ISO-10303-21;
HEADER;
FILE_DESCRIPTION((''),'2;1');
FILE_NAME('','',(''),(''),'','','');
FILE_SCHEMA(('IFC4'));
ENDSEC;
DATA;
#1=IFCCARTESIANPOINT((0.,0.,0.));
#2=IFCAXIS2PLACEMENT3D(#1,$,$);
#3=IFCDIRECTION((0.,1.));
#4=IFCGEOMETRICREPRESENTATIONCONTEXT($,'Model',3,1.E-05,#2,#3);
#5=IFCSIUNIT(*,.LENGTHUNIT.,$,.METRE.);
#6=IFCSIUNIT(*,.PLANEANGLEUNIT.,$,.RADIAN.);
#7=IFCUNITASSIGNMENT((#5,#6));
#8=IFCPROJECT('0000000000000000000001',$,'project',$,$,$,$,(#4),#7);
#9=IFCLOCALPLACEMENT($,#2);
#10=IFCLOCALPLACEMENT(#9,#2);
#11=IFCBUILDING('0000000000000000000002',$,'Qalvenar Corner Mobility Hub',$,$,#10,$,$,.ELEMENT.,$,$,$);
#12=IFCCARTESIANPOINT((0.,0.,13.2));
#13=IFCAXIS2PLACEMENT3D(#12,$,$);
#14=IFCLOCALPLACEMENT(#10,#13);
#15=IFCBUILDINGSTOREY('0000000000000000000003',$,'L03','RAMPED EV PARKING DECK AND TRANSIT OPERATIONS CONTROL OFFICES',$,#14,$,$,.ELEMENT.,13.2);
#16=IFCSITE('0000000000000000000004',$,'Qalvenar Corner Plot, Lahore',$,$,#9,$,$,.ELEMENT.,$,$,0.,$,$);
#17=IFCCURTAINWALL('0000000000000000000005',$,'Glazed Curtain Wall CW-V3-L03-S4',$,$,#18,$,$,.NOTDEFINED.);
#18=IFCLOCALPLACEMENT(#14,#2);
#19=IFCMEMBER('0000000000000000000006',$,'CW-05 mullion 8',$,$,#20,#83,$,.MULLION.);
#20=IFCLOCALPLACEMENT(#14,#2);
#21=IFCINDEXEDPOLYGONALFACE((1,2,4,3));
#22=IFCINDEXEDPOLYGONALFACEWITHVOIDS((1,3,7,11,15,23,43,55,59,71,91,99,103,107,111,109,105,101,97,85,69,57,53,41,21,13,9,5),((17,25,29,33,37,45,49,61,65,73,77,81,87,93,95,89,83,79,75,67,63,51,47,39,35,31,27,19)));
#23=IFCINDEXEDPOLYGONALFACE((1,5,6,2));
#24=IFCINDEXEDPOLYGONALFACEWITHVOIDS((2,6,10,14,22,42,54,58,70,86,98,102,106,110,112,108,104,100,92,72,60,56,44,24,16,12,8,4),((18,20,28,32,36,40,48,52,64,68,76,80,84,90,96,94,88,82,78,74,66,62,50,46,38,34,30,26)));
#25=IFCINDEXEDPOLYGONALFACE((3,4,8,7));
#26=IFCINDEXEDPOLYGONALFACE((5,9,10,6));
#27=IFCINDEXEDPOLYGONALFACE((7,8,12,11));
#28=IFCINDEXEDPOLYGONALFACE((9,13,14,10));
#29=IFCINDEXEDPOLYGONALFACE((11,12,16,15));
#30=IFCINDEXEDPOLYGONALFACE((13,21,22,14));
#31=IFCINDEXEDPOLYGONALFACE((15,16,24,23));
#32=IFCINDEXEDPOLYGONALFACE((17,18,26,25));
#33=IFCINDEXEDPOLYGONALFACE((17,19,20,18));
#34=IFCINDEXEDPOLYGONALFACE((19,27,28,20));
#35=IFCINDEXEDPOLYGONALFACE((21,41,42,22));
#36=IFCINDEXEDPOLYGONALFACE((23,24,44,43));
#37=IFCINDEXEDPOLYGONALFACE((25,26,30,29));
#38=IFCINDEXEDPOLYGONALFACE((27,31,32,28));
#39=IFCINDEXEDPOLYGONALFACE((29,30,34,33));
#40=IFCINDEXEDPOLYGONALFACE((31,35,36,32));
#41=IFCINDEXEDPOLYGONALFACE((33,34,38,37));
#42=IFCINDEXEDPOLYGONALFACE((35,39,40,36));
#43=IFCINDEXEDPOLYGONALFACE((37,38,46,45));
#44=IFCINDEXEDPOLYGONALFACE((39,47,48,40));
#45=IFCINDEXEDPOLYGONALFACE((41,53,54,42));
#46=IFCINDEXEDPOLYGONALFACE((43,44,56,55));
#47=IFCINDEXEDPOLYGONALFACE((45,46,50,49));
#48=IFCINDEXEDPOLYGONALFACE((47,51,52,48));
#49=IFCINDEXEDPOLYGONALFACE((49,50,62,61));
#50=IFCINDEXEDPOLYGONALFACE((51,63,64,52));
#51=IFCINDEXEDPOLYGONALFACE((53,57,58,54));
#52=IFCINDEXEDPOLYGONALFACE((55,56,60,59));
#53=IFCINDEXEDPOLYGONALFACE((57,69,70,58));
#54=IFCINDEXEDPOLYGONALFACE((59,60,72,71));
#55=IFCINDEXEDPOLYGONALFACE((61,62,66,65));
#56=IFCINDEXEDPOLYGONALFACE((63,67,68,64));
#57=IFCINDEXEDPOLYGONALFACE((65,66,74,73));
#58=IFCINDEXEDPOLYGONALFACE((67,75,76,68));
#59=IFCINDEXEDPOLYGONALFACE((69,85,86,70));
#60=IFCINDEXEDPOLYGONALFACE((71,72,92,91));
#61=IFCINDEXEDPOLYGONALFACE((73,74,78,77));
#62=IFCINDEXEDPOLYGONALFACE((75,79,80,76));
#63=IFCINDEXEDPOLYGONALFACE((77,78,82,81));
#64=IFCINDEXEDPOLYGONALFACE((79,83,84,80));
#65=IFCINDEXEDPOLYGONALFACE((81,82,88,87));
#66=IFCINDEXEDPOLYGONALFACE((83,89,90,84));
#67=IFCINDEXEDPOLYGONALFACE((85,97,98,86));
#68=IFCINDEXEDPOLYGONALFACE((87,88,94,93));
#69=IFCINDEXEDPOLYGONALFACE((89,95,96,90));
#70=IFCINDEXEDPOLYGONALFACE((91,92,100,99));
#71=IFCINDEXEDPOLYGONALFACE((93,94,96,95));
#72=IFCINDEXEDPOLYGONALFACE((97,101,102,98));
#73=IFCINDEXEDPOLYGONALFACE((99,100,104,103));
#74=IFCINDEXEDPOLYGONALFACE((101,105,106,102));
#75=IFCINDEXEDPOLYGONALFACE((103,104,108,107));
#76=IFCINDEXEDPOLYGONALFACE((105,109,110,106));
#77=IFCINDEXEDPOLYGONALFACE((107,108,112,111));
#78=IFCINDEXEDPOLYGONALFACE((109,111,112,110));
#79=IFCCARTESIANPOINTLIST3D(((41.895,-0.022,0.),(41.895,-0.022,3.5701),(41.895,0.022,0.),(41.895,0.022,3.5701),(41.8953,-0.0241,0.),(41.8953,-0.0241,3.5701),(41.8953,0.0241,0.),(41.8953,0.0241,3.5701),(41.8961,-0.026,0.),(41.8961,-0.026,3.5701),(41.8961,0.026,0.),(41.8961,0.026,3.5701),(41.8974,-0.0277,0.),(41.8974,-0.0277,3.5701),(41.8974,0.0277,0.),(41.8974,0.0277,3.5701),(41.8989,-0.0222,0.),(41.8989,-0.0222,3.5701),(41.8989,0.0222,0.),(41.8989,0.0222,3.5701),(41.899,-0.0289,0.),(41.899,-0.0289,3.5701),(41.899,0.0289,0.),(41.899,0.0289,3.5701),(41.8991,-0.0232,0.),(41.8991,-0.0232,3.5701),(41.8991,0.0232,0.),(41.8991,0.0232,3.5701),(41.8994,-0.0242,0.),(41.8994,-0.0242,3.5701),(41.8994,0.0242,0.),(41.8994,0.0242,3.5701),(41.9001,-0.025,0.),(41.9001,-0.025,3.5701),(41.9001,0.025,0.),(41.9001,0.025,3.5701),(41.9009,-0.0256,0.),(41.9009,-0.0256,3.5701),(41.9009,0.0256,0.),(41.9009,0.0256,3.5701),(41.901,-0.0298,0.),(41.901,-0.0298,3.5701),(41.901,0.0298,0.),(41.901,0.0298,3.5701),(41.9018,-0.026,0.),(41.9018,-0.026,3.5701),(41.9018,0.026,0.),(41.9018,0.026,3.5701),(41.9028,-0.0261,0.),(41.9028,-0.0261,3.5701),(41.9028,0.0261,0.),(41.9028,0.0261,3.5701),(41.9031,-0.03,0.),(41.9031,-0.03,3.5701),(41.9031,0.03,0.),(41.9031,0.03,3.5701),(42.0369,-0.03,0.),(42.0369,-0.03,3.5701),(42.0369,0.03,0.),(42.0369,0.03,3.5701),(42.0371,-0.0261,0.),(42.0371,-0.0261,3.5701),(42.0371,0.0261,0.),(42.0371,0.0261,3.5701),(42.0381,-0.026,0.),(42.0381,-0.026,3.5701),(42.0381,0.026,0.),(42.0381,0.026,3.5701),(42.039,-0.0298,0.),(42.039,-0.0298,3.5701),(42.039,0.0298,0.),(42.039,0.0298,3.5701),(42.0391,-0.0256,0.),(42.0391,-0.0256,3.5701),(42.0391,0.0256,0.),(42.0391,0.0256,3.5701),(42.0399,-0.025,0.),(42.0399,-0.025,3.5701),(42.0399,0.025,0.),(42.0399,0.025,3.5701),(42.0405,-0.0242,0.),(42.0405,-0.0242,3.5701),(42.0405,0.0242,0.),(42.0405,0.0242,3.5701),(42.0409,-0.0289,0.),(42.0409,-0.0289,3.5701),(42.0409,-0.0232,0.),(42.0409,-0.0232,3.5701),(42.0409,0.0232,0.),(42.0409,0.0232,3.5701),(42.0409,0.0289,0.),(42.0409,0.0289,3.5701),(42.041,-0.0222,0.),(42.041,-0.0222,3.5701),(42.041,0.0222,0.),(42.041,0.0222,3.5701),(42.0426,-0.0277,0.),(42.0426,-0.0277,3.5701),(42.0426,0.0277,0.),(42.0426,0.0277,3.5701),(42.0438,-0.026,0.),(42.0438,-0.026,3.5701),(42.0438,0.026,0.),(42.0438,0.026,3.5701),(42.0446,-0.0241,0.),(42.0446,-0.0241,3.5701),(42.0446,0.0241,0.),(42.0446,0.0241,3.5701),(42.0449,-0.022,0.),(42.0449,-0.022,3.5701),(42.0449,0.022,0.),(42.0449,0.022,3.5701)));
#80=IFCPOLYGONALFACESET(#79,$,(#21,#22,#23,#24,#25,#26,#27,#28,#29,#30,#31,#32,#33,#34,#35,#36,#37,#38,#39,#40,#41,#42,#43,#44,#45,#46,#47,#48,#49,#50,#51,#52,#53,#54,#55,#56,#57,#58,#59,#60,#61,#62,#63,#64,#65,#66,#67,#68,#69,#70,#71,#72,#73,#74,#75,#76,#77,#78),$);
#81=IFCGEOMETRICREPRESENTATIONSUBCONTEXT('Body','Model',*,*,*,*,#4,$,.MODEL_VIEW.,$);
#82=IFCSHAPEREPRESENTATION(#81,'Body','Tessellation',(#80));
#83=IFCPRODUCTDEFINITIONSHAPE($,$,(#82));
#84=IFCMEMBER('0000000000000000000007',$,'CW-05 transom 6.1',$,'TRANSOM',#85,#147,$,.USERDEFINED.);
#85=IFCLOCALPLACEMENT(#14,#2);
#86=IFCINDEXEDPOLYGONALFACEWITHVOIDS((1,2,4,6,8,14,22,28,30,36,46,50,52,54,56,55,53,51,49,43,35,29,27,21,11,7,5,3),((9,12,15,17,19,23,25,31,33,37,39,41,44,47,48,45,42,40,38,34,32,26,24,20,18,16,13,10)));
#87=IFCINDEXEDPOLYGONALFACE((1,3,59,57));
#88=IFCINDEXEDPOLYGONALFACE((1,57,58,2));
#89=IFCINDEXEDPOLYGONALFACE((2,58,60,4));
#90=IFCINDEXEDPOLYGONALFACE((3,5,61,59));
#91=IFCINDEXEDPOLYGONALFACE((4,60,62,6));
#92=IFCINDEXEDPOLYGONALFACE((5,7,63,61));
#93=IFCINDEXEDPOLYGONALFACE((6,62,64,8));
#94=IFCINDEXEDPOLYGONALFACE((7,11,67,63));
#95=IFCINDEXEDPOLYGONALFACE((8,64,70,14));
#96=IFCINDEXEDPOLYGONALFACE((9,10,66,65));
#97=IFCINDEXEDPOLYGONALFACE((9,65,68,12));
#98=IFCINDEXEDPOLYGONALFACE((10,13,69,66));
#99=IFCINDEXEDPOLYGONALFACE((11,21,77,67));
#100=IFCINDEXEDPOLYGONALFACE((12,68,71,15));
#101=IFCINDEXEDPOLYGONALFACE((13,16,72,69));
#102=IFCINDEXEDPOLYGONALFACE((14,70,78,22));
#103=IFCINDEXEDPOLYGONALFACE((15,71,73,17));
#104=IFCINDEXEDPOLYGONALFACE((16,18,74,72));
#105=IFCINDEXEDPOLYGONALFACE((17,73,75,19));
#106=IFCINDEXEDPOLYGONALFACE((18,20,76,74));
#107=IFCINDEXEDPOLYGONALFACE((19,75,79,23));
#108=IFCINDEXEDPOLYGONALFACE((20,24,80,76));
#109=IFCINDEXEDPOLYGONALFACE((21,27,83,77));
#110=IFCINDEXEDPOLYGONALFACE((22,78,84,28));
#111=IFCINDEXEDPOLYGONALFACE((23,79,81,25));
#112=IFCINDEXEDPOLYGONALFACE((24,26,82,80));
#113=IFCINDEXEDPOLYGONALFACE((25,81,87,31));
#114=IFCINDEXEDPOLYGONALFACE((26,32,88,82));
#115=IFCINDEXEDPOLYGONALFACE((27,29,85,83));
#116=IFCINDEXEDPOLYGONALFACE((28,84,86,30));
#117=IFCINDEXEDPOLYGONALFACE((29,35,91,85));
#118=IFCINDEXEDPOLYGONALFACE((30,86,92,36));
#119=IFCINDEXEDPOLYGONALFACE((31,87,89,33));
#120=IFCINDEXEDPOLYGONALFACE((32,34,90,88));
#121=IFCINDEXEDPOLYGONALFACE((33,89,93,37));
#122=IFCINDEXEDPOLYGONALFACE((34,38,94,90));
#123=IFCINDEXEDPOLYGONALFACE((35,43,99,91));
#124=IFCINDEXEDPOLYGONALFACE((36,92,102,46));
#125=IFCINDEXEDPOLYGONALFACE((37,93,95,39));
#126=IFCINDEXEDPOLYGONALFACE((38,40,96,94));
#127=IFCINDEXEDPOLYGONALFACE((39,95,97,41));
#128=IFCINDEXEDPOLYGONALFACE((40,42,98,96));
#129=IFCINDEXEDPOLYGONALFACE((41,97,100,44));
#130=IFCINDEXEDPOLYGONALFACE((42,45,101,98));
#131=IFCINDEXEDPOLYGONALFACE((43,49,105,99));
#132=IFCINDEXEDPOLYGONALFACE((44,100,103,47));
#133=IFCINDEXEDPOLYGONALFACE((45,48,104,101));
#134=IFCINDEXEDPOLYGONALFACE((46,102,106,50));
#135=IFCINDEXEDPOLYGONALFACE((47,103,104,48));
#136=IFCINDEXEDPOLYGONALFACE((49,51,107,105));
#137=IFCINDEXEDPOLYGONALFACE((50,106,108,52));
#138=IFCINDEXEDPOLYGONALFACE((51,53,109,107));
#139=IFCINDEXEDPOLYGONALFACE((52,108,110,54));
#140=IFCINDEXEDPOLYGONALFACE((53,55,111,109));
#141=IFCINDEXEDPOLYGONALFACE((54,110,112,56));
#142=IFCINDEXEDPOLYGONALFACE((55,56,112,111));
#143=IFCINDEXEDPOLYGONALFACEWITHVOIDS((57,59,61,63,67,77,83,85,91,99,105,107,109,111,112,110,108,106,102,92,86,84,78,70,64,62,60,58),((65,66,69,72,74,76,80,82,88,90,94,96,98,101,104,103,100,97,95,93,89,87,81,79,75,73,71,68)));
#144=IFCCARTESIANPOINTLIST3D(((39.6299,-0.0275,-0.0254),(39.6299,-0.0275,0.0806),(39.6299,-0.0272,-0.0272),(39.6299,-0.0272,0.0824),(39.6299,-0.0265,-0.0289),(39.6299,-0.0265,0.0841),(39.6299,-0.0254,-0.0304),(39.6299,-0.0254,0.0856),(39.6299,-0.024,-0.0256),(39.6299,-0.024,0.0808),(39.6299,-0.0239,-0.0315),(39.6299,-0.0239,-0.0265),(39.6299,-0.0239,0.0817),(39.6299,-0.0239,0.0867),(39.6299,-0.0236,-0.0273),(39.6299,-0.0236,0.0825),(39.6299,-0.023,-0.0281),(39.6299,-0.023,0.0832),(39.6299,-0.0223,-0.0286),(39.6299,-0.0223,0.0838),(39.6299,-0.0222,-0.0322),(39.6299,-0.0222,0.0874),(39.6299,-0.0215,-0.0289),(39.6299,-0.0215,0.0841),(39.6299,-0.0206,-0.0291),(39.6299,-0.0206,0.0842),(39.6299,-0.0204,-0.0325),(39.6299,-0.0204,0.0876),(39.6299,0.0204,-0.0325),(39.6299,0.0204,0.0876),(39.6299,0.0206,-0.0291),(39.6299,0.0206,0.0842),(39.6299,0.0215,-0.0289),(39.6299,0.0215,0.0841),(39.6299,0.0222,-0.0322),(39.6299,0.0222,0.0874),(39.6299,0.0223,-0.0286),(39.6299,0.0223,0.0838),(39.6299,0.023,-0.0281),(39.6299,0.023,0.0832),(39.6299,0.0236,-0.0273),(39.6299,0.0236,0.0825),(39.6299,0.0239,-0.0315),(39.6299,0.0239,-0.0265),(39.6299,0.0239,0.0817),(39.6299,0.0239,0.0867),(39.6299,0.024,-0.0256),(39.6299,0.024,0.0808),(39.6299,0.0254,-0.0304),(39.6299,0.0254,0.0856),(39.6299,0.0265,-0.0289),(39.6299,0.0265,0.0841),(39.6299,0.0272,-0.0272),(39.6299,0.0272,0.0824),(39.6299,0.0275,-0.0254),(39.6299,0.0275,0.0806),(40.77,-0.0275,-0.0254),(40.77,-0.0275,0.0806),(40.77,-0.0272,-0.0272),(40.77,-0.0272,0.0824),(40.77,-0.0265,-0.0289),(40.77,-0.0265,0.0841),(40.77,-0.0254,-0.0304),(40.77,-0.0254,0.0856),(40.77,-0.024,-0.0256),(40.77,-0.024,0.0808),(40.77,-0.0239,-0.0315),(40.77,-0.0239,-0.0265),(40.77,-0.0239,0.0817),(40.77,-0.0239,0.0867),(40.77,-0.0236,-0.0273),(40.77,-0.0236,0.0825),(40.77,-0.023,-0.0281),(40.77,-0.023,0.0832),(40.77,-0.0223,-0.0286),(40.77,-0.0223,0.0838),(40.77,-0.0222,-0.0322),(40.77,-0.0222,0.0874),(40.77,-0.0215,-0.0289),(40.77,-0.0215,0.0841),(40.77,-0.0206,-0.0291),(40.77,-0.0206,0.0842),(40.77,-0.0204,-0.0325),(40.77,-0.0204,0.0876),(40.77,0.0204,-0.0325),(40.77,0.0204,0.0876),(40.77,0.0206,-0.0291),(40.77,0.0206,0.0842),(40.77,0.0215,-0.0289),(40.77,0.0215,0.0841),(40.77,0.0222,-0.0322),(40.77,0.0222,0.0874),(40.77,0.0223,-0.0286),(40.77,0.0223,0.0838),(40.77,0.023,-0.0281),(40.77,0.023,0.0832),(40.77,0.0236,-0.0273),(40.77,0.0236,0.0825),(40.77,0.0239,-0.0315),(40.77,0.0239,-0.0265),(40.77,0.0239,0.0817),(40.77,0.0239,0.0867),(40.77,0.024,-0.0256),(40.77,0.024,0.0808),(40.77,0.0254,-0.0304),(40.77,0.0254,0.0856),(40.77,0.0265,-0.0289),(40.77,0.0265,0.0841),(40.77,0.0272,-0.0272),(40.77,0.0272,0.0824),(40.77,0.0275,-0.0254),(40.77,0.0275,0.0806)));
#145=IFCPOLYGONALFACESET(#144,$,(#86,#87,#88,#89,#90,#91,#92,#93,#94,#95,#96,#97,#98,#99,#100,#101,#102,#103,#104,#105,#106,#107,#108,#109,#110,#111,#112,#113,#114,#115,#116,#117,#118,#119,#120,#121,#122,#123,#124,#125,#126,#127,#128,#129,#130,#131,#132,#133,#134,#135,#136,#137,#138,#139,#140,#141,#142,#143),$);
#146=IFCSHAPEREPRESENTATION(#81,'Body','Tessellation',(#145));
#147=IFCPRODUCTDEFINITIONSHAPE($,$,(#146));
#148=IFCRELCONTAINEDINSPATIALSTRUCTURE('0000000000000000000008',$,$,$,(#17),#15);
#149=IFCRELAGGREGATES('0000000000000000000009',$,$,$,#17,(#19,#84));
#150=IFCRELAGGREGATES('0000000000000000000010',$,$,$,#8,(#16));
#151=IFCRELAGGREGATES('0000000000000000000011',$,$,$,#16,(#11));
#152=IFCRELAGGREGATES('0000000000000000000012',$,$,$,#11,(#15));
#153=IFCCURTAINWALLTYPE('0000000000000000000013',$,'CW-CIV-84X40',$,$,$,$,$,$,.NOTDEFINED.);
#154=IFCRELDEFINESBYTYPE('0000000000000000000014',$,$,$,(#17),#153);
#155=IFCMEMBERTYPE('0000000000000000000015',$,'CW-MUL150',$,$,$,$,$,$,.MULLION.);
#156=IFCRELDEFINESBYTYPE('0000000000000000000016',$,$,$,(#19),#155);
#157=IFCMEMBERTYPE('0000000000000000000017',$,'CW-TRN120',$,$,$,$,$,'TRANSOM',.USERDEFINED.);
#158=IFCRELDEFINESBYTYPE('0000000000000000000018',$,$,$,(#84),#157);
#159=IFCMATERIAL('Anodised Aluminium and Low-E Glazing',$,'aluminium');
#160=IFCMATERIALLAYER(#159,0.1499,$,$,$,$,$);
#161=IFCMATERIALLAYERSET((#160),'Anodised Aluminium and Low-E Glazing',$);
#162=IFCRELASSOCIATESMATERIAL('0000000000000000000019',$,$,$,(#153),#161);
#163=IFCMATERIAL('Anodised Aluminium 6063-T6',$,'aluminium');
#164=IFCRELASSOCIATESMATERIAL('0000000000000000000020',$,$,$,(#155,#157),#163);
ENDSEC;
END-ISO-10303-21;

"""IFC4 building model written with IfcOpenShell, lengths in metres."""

from ifc_helpers import new_model, si_unit, direction, frame, origin, origin_2d, place, context, subcontext, project, spatial, hollow_rectangle, extrude, material, layer, layer_set, material_profile, profile_set, type_object, element, aggregate, save


model = new_model("IFC4")

# Units and contexts
model_context = context("Model", 3, precision=1e-05, world=origin(), true_north=direction((0.0, 1.0)))
body_context = subcontext(model_context, "Body", "Model", "MODEL_VIEW")
ifc_project = project(units=[si_unit("LENGTHUNIT", "METRE"), si_unit("PLANEANGLEUNIT", "RADIAN")], contexts=[model_context])

# Site, building, storey
site_placement = place(None, origin())
site = spatial("IfcSite", under=ifc_project, at=site_placement, Name="Qalvenar Corner Plot, Lahore", CompositionType="ELEMENT", RefElevation=0.0)
building_placement = place(site_placement, origin())
building = spatial("IfcBuilding", under=site, at=building_placement, Name="Qalvenar Corner Mobility Hub", CompositionType="ELEMENT")
storey_placement = place(building_placement, frame((0.0, 0.0, 13.2)))
storey = spatial("IfcBuildingStorey", under=building, at=storey_placement, Name="L03", Description="RAMPED EV PARKING DECK AND TRANSIT OPERATIONS CONTROL OFFICES", CompositionType="ELEMENT", Elevation=13.2)

# Curtain wall, members
ifc_material_1 = material(Name="Anodised Aluminium and Low-E Glazing", Category="aluminium")
ifc_layer_1 = layer(ifc_material_1, 0.1499)
ifc_layer_set_1 = layer_set([ifc_layer_1], Name="Anodised Aluminium and Low-E Glazing")
curtain_wall_type = type_object("IfcCurtainWallType", Name="CW-CIV-84X40", PredefinedType="NOTDEFINED", material=ifc_layer_set_1)
curtain_wall_placement = place(storey_placement, origin())
curtain_wall = element("IfcCurtainWall", 1, at=curtain_wall_placement, inside=storey, type_object=curtain_wall_type, Name="Glazed Curtain Wall CW-V3-L03-S4", PredefinedType="NOTDEFINED")
ifc_material_2 = material(Name="Anodised Aluminium 6063-T6", Category="aluminium")
ifc_material_profile_1 = material_profile(ifc_material_2, hollow_rectangle(XDim=0.0601, YDim=0.1499, WallThickness=0.0039, InnerFilletRadius=0.0039, OuterFilletRadius=0.0081, at=origin_2d()), Name="RHS150x60x4")
ifc_profile_set_1 = profile_set([ifc_material_profile_1], Name="Anodised Aluminium 6063-T6")
member_type_1 = type_object("IfcMemberType", Name="CW-MUL150", PredefinedType="MULLION", material=ifc_profile_set_1)
member_1_placement = place(storey_placement, frame((41.97, 0.0, 0.0), z_axis=(0.0, 0.0, 1.0), x_axis=(0.0, 1.0, 0.0)))
member_1 = element("IfcMember", 2, at=member_1_placement, type_object=member_type_1, Name="CW-05 mullion 8", PredefinedType="MULLION", context=body_context, shape_type="SweptSolid", body=[
    extrude(hollow_rectangle(XDim=0.0601, YDim=0.1499, WallThickness=0.0039, InnerFilletRadius=0.0039, OuterFilletRadius=0.0081, at=origin_2d()), origin(), (0.0, 0.0, 1.0), 3.5701),
])
ifc_material_profile_2 = material_profile(ifc_material_2, hollow_rectangle(XDim=0.0549, YDim=0.1201, WallThickness=0.0034, InnerFilletRadius=0.0034, OuterFilletRadius=0.0071, at=origin_2d()), Name="RHS120x55x3.5")
ifc_profile_set_2 = profile_set([ifc_material_profile_2], Name="Anodised Aluminium 6063-T6")
member_type_2 = type_object("IfcMemberType", Name="CW-TRN120", ElementType="TRANSOM", PredefinedType="USERDEFINED", material=ifc_profile_set_2)
member_2_placement = place(storey_placement, frame((39.6299, 0.0, 0.0276), z_axis=(1.0, 0.0, 0.0), x_axis=(0.0, 1.0, 0.0)))
member_2 = element("IfcMember", 3, at=member_2_placement, type_object=member_type_2, Name="CW-05 transom 6.1", ObjectType="TRANSOM", PredefinedType="USERDEFINED", context=body_context, shape_type="SweptSolid", body=[
    extrude(hollow_rectangle(XDim=0.0549, YDim=0.1201, WallThickness=0.0034, InnerFilletRadius=0.0034, OuterFilletRadius=0.0071, at=origin_2d()), origin(), (0.0, 0.0, 1.0), 1.1401),
])
aggregate(curtain_wall, [member_1, member_2])

save(model, "model.ifc")
